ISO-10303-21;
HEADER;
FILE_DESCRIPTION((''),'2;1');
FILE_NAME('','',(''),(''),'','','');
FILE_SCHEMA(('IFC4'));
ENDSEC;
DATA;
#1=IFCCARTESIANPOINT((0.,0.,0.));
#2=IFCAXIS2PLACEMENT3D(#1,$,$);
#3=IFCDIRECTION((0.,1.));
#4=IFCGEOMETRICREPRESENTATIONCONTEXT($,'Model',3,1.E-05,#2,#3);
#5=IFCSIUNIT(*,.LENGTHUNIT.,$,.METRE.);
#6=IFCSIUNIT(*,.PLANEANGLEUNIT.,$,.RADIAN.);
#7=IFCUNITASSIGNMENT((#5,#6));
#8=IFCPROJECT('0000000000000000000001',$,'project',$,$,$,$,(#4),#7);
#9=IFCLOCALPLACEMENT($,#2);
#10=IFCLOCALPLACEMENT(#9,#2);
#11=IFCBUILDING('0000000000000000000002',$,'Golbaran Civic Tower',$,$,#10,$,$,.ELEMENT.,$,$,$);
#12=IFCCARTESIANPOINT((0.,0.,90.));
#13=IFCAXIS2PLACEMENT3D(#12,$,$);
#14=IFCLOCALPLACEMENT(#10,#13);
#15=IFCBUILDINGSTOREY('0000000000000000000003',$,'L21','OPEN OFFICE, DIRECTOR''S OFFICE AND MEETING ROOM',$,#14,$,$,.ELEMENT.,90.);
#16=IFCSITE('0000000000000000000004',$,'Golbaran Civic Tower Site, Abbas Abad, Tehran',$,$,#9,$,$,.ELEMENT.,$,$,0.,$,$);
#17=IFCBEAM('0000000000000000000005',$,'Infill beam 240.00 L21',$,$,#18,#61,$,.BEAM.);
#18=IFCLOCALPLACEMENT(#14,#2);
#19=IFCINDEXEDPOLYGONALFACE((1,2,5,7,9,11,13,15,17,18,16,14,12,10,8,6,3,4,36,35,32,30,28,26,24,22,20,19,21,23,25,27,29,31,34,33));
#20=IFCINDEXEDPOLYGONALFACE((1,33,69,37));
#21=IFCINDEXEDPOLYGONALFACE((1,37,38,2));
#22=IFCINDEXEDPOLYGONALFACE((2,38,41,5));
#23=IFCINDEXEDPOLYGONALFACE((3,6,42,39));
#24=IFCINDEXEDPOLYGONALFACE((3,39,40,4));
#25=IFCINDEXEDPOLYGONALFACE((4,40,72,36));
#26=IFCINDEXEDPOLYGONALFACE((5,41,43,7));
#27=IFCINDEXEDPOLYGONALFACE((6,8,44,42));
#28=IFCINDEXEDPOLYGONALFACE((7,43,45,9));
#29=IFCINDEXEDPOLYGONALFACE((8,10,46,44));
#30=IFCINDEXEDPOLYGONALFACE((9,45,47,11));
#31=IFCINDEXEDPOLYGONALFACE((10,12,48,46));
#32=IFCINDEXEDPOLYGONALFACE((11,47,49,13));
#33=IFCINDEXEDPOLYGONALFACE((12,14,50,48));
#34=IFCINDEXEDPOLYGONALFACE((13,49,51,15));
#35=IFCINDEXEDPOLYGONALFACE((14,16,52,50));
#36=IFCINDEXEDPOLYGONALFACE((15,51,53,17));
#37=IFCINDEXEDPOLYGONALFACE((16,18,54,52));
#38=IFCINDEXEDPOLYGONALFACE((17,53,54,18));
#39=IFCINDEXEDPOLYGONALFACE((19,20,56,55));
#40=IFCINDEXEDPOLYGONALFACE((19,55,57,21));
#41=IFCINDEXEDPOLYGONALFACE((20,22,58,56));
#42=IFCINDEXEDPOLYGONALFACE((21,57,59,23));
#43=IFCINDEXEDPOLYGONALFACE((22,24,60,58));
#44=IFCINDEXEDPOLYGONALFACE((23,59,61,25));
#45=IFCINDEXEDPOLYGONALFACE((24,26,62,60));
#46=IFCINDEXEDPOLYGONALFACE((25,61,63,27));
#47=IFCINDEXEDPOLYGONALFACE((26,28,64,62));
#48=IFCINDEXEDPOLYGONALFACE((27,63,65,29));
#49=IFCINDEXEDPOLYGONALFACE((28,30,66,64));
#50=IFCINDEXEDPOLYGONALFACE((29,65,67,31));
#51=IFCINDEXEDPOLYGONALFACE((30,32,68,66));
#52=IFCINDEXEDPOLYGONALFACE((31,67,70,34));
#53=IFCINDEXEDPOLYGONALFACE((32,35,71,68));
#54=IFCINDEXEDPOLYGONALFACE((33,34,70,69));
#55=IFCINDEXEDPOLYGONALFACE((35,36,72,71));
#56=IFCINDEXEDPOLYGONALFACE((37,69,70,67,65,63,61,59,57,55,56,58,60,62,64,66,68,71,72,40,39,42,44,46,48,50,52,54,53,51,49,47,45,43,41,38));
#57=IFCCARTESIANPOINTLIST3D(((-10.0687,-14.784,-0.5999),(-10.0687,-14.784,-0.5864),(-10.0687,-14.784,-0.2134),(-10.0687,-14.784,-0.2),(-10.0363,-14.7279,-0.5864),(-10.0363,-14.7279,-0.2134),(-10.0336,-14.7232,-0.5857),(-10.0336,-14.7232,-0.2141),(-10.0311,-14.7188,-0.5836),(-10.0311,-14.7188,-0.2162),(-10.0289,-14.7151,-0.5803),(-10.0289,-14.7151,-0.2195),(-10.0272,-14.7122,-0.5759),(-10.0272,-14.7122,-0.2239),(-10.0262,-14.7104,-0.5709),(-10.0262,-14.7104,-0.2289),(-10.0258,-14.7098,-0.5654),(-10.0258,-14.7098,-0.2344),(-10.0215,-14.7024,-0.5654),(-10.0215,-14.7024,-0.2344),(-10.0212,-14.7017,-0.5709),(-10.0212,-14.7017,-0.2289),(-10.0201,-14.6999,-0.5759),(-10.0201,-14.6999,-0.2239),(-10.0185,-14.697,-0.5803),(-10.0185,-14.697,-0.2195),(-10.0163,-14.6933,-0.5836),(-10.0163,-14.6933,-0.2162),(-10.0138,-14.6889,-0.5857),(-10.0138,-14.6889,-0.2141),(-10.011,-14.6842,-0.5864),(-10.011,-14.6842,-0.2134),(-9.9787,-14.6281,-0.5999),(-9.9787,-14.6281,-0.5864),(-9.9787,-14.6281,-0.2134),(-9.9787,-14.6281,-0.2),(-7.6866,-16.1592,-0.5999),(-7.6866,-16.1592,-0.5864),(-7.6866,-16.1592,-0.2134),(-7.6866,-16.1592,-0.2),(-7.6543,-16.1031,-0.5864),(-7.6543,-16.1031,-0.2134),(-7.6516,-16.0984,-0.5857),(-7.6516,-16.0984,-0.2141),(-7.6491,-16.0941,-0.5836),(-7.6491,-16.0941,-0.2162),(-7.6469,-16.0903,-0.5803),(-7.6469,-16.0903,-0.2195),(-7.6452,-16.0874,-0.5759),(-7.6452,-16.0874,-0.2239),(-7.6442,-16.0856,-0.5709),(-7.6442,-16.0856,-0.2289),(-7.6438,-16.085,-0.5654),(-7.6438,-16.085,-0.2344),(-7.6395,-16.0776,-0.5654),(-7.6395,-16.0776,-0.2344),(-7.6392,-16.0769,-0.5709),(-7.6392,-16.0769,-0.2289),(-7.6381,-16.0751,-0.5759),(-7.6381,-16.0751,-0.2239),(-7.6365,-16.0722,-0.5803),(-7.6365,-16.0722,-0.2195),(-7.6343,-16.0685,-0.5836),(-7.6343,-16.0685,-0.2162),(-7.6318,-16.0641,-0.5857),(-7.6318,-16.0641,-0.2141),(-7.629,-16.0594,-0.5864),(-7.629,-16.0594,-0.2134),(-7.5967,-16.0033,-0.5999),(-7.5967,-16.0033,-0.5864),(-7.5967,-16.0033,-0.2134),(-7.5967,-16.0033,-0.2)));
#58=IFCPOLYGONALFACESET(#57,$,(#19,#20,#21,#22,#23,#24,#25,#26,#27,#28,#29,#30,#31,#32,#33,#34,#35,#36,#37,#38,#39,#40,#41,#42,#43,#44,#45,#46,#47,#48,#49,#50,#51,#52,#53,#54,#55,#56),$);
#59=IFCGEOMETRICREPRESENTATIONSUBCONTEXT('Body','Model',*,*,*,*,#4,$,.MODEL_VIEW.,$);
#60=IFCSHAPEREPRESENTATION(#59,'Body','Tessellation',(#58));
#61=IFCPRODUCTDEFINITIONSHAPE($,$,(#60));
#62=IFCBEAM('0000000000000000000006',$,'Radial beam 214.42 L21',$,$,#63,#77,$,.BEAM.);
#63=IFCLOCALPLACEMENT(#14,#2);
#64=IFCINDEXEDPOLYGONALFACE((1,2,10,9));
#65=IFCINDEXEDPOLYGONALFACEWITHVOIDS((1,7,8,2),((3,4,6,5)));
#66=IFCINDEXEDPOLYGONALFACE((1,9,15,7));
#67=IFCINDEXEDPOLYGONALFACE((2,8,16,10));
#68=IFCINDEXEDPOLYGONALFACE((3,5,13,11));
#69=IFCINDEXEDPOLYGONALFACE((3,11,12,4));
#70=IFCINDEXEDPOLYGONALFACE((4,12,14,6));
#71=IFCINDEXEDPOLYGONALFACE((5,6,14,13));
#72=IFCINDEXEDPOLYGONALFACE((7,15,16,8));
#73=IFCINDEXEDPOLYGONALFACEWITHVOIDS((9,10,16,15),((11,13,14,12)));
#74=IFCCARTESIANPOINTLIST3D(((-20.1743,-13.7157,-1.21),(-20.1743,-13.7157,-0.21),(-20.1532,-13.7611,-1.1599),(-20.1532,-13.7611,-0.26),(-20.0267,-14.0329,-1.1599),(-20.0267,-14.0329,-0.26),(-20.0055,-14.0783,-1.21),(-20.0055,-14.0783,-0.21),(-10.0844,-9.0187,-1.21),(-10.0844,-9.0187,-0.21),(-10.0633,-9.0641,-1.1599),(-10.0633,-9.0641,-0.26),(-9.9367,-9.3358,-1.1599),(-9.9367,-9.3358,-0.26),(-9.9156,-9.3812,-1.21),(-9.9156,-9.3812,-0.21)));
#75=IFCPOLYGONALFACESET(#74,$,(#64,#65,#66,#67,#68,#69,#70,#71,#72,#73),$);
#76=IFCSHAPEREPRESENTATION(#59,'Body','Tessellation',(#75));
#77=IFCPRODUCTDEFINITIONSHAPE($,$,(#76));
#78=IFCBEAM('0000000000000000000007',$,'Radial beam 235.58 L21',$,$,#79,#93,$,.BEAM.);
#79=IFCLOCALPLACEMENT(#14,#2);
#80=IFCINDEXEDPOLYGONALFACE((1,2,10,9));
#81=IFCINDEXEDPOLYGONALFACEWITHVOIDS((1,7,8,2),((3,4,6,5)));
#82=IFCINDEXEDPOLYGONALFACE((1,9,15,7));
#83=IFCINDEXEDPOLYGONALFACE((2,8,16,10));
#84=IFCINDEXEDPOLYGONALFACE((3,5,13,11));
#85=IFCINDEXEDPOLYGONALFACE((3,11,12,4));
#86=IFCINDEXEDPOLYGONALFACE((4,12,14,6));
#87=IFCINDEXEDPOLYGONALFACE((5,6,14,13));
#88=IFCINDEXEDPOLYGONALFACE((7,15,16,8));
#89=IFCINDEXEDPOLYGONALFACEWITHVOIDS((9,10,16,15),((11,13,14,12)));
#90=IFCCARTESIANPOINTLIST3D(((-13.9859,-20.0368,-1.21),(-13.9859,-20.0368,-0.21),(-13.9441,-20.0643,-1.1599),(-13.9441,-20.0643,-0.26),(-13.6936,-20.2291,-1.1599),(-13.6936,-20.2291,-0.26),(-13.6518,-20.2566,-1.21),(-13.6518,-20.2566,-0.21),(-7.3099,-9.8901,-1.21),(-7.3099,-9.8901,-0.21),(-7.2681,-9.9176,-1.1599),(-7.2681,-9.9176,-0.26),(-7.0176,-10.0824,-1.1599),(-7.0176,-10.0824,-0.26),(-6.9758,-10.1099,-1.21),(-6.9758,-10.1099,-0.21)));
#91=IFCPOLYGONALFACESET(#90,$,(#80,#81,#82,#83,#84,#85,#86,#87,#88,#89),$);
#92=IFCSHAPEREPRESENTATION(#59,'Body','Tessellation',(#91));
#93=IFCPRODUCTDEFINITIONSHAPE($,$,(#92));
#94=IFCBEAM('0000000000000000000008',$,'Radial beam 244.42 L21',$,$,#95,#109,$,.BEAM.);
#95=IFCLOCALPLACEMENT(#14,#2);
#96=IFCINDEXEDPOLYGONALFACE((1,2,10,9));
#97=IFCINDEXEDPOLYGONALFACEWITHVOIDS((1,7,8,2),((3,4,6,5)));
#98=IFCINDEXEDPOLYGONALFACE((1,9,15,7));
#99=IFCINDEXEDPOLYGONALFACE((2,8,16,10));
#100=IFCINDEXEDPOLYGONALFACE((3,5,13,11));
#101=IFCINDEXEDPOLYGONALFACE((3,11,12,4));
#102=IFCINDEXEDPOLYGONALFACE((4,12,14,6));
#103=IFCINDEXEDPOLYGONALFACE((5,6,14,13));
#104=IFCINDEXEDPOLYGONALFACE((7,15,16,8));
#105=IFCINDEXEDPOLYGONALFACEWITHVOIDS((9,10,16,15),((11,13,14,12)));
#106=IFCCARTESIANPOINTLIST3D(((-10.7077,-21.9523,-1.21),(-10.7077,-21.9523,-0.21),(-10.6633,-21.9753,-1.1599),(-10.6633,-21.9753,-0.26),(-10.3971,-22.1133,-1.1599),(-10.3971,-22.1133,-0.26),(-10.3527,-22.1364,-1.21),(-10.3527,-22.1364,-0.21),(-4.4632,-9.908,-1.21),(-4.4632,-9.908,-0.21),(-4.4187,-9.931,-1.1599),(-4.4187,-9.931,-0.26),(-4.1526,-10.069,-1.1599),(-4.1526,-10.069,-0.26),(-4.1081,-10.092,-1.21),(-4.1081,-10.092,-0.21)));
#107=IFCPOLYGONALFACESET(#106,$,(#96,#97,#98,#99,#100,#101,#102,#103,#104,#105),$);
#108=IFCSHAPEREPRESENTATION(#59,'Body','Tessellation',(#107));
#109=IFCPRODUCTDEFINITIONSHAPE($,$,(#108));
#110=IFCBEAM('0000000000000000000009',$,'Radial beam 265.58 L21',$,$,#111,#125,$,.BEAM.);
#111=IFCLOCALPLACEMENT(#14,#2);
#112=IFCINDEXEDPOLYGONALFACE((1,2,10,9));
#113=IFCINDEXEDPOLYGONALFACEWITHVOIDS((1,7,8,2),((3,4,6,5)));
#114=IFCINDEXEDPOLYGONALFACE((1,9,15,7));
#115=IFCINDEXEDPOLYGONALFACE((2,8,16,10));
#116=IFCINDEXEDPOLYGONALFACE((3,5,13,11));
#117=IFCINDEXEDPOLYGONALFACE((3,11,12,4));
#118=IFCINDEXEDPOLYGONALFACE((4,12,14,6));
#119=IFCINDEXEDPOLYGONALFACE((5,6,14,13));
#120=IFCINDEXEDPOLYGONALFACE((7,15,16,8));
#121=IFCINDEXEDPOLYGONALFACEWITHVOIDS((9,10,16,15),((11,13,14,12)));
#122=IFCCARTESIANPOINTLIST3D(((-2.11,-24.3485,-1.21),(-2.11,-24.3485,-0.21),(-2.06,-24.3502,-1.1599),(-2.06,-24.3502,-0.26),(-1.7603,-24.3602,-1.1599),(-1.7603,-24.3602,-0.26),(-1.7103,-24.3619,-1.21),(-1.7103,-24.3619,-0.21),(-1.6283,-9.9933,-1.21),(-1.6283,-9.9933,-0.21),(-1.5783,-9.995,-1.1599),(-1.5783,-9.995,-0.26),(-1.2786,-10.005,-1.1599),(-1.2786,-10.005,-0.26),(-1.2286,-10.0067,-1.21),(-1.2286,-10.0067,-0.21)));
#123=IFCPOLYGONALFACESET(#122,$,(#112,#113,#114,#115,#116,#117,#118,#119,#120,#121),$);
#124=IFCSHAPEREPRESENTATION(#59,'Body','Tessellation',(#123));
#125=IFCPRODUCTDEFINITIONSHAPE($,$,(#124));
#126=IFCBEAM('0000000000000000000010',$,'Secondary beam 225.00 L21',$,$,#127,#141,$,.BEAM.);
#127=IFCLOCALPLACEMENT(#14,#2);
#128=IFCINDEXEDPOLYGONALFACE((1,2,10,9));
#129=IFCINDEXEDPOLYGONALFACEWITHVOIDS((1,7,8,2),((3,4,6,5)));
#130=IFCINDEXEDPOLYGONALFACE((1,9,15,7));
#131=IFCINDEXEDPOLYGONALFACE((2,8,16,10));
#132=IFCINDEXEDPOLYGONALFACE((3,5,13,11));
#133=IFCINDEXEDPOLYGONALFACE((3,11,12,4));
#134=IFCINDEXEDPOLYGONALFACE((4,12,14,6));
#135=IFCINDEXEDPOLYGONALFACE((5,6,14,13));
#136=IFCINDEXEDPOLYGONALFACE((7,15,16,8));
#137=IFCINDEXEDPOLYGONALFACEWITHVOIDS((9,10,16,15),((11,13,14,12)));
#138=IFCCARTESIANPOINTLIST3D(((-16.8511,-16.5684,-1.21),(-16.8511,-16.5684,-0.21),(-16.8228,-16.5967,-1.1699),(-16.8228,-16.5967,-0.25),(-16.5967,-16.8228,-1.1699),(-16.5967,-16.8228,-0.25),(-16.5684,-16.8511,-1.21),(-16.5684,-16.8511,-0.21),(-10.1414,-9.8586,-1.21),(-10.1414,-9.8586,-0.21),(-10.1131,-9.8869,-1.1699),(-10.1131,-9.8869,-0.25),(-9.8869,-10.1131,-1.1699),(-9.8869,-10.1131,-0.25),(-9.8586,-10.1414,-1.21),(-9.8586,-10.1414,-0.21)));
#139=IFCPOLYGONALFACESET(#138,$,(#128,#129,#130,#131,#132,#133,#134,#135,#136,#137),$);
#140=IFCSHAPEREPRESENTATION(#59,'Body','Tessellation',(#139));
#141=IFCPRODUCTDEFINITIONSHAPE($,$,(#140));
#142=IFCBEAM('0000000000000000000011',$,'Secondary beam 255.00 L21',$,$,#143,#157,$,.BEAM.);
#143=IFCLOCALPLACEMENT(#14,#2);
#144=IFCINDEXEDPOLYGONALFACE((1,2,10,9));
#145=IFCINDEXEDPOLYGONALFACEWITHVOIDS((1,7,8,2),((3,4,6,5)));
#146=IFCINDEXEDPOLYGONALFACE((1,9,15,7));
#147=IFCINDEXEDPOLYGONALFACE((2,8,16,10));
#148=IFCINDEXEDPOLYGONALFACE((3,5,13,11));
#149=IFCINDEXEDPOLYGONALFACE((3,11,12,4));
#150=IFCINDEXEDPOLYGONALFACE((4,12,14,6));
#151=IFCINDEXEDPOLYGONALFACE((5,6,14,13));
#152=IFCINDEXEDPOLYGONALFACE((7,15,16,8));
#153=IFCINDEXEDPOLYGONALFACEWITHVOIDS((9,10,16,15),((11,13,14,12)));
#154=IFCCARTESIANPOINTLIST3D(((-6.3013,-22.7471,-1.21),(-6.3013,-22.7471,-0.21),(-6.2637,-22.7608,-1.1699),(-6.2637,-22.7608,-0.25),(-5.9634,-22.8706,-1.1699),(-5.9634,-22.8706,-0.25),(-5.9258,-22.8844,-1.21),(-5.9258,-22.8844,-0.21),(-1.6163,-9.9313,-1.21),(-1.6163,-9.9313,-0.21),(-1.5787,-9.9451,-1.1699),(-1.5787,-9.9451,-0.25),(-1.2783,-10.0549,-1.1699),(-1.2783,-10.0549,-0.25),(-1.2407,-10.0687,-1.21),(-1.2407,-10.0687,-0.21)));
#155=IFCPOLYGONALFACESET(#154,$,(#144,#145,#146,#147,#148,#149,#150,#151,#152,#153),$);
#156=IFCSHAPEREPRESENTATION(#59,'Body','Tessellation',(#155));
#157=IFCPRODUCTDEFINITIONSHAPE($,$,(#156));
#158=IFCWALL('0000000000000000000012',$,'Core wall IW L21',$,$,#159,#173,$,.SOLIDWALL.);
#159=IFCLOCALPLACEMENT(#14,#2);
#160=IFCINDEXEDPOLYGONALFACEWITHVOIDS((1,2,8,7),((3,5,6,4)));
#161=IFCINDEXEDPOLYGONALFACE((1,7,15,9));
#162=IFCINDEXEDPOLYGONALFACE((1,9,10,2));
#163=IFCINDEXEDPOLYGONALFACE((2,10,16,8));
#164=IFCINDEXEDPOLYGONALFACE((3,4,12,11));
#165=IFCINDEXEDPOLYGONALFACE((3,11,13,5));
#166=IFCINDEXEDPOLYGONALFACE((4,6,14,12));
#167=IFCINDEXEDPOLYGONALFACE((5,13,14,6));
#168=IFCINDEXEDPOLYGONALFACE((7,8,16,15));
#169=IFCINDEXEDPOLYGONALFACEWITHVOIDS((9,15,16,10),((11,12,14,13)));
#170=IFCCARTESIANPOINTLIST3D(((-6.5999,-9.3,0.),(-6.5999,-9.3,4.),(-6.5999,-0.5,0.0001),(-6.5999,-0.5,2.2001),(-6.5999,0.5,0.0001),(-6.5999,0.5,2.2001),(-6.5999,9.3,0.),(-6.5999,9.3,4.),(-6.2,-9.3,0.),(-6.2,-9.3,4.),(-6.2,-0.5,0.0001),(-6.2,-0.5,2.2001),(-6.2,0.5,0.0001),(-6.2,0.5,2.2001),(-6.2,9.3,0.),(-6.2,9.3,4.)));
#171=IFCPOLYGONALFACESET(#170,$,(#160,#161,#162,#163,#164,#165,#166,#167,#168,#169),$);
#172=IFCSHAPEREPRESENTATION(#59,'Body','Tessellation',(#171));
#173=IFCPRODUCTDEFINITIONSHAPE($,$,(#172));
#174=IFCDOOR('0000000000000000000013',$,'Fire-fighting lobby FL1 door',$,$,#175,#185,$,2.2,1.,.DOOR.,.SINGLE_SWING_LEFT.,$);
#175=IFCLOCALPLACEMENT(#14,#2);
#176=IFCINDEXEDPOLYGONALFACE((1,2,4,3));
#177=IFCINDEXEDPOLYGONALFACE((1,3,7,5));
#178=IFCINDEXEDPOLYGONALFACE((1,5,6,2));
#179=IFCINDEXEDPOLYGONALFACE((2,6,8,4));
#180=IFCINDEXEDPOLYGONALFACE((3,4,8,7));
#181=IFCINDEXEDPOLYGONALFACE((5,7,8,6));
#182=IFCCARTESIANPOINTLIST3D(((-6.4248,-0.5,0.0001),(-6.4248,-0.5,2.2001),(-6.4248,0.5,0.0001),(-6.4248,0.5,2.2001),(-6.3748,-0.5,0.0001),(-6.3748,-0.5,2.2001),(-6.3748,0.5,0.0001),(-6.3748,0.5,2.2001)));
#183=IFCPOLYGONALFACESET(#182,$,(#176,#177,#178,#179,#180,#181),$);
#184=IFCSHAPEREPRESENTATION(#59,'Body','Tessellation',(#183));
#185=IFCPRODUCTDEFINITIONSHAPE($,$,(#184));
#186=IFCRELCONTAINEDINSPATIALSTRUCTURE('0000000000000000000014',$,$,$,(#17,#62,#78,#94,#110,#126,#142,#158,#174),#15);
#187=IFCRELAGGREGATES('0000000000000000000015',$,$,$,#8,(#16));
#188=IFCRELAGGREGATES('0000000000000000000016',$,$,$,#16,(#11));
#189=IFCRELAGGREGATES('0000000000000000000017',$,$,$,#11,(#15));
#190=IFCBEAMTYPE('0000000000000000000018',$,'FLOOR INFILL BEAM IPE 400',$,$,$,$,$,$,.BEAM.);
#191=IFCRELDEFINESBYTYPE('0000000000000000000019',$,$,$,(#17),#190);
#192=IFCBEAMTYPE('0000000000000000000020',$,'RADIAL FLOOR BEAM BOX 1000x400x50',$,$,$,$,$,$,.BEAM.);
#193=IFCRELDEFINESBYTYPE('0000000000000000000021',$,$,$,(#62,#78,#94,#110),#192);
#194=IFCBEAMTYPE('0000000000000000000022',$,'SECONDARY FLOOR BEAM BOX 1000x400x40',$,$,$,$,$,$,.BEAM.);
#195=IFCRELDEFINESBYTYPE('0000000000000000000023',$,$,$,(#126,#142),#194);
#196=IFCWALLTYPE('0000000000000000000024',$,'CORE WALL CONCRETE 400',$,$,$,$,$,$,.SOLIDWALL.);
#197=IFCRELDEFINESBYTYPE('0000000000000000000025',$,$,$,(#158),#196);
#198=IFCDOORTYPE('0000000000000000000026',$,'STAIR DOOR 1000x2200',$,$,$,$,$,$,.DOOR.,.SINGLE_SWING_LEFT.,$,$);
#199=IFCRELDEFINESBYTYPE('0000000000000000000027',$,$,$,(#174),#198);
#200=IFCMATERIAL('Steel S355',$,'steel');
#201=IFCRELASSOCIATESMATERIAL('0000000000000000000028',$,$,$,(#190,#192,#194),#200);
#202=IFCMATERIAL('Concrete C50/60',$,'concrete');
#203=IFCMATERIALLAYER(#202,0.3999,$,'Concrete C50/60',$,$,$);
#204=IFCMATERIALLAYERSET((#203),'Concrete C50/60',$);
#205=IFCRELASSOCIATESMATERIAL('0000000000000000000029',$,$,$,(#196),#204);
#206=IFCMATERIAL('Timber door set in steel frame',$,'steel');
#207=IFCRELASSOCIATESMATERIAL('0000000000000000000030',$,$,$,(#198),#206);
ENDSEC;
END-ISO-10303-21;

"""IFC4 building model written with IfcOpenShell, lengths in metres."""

from ifc_helpers import new_model, si_unit, direction, frame, frame_2d, origin, origin_2d, place, context, subcontext, project, spatial, rectangle, hollow_rectangle, i_section, extrude, material, layer, layer_set, material_profile, profile_set, type_object, element, fill, save


model = new_model("IFC4")

# Units and contexts
model_context = context("Model", 3, precision=1e-05, world=origin(), true_north=direction((0.0, 1.0)))
body_context = subcontext(model_context, "Body", "Model", "MODEL_VIEW")
ifc_project = project(units=[si_unit("LENGTHUNIT", "METRE"), si_unit("PLANEANGLEUNIT", "RADIAN")], contexts=[model_context])

# Site, building, storey
site_placement = place(None, origin())
site = spatial("IfcSite", under=ifc_project, at=site_placement, Name="Golbaran Civic Tower Site, Abbas Abad, Tehran", CompositionType="ELEMENT", RefElevation=0.0)
building_placement = place(site_placement, origin())
building = spatial("IfcBuilding", under=site, at=building_placement, Name="Golbaran Civic Tower", CompositionType="ELEMENT")
storey_placement = place(building_placement, frame((0.0, 0.0, 90.0)))
storey = spatial("IfcBuildingStorey", under=building, at=storey_placement, Name="L21", Description="OPEN OFFICE, DIRECTOR'S OFFICE AND MEETING ROOM", CompositionType="ELEMENT", Elevation=90.0)

# Beams
ifc_material_1 = material(Name="Steel S355", Category="steel")
ifc_material_profile_1 = material_profile(ifc_material_1, i_section(OverallWidth=0.1799, OverallDepth=0.3999, WebThickness=0.0085, FlangeThickness=0.0134, FilletRadius=0.021, at=origin_2d()), Name="IPE 400")
ifc_profile_set_1 = profile_set([ifc_material_profile_1], Name="Steel S355")
beam_type_1 = type_object("IfcBeamType", Name="FLOOR INFILL BEAM IPE 400", PredefinedType="BEAM", material=ifc_profile_set_1)
beam_1_placement = place(storey_placement, frame((-10.0237, -14.7061, -0.3999), z_axis=(0.866033, -0.499986, 0.0), x_axis=(0.499986, 0.866033, 0.0)))
element("IfcBeam", 1, at=beam_1_placement, inside=storey, type_object=beam_type_1, Name="Infill beam 240.00 L21", PredefinedType="BEAM", context=body_context, shape_type="SweptSolid", body=[
    extrude(i_section(OverallWidth=0.1799, OverallDepth=0.3999, WebThickness=0.0085, FlangeThickness=0.0134, FilletRadius=0.021, at=origin_2d()), origin(), (0.0, 0.0, 1.0), 2.7505),
])
ifc_material_profile_2 = material_profile(ifc_material_1, hollow_rectangle(XDim=0.3999, YDim=1.0, WallThickness=0.05, at=origin_2d()), Name="BOX 1000x400x50")
ifc_profile_set_2 = profile_set([ifc_material_profile_2], Name="Steel S355")
beam_type_2 = type_object("IfcBeamType", Name="RADIAL FLOOR BEAM BOX 1000x400x50", PredefinedType="BEAM", material=ifc_profile_set_2)
beam_2_placement = place(storey_placement, frame((-10.0, -9.2, -0.71), z_axis=(-0.906581, -0.422031, 0.0), x_axis=(0.422031, -0.906581, 0.0)))
element("IfcBeam", 2, at=beam_2_placement, inside=storey, type_object=beam_type_2, Name="Radial beam 214.42 L21", PredefinedType="BEAM", context=body_context, shape_type="SweptSolid", body=[
    extrude(hollow_rectangle(XDim=0.3999, YDim=1.0, WallThickness=0.05, at=origin_2d()), origin(), (0.0, 0.0, 1.0), 11.1296),
])
beam_3_placement = place(storey_placement, frame((-7.1428, -10.0, -0.71), z_axis=(-0.549648, -0.835396, 0.0), x_axis=(0.835396, -0.549648, 0.0)))
element("IfcBeam", 3, at=beam_3_placement, inside=storey, type_object=beam_type_2, Name="Radial beam 235.58 L21", PredefinedType="BEAM", context=body_context, shape_type="SweptSolid", body=[
    extrude(hollow_rectangle(XDim=0.3999, YDim=1.0, WallThickness=0.05, at=origin_2d()), origin(), (0.0, 0.0, 1.0), 12.146),
])
beam_4_placement = place(storey_placement, frame((-4.2856, -10.0, -0.71), z_axis=(-0.46028, -0.887774, 0.0), x_axis=(0.887774, -0.46028, 0.0)))
element("IfcBeam", 4, at=beam_4_placement, inside=storey, type_object=beam_type_2, Name="Radial beam 244.42 L21", PredefinedType="BEAM", context=body_context, shape_type="SweptSolid", body=[
    extrude(hollow_rectangle(XDim=0.3999, YDim=1.0, WallThickness=0.05, at=origin_2d()), origin(), (0.0, 0.0, 1.0), 13.5669),
])
beam_5_placement = place(storey_placement, frame((-1.4285, -10.0, -0.71), z_axis=(-0.033536, -0.999438, 0.0), x_axis=(0.999438, -0.033536, 0.0)))
element("IfcBeam", 5, at=beam_5_placement, inside=storey, type_object=beam_type_2, Name="Radial beam 265.58 L21", PredefinedType="BEAM", context=body_context, shape_type="SweptSolid", body=[
    extrude(hollow_rectangle(XDim=0.3999, YDim=1.0, WallThickness=0.05, at=origin_2d()), origin(), (0.0, 0.0, 1.0), 14.3633),
])
ifc_material_profile_3 = material_profile(ifc_material_1, hollow_rectangle(XDim=0.3999, YDim=1.0, WallThickness=0.04, at=origin_2d()), Name="BOX 1000x400x40")
ifc_profile_set_3 = profile_set([ifc_material_profile_3], Name="Steel S355")
beam_type_3 = type_object("IfcBeamType", Name="SECONDARY FLOOR BEAM BOX 1000x400x40", PredefinedType="BEAM", material=ifc_profile_set_3)
beam_6_placement = place(storey_placement, frame((-10.0, -10.0, -0.71), z_axis=(-0.707107, -0.707107, 0.0), x_axis=(0.707107, -0.707107, 0.0)))
element("IfcBeam", 6, at=beam_6_placement, inside=storey, type_object=beam_type_3, Name="Secondary beam 225.00 L21", PredefinedType="BEAM", context=body_context, shape_type="SweptSolid", body=[
    extrude(hollow_rectangle(XDim=0.3999, YDim=1.0, WallThickness=0.04, at=origin_2d()), origin(), (0.0, 0.0, 1.0), 9.489),
])
beam_7_placement = place(storey_placement, frame((-1.4285, -10.0, -0.71), z_axis=(-0.343349, -0.939208, 0.0), x_axis=(0.939208, -0.343349, 0.0)))
element("IfcBeam", 7, at=beam_7_placement, inside=storey, type_object=beam_type_3, Name="Secondary beam 255.00 L21", PredefinedType="BEAM", context=body_context, shape_type="SweptSolid", body=[
    extrude(hollow_rectangle(XDim=0.3999, YDim=1.0, WallThickness=0.04, at=origin_2d()), origin(), (0.0, 0.0, 1.0), 13.6453),
])

# Wall, opening, door
ifc_material_2 = material(Name="Concrete C50/60", Category="concrete")
ifc_layer_1 = layer(ifc_material_2, 0.3999, Name="Concrete C50/60")
ifc_layer_set_1 = layer_set([ifc_layer_1], Name="Concrete C50/60")
wall_type_1 = type_object("IfcWallType", Name="CORE WALL CONCRETE 400", PredefinedType="SOLIDWALL", material=ifc_layer_set_1)
wall_1_placement = place(storey_placement, frame((-6.3999, -9.3, 0.0), z_axis=(0.0, 0.0, 1.0), x_axis=(0.0, 1.0, 0.0)))
wall_1 = element("IfcWall", 8, at=wall_1_placement, inside=storey, type_object=wall_type_1, Name="Core wall IW L21", PredefinedType="SOLIDWALL", context=body_context, shape_type="SweptSolid", body=[
    extrude(rectangle(XDim=18.6001, YDim=0.3999, at=frame_2d((9.3, 0.0))), origin(), (0.0, 0.0, 1.0), 4.0),
])
opening_1_placement = place(wall_1_placement, frame((8.8, 0.0, 0.0)))
opening_1 = element("IfcOpeningElement", 9, at=opening_1_placement, cuts=wall_1, PredefinedType="OPENING", context=body_context, shape_type="SweptSolid", body=[
    extrude(rectangle(XDim=1.0, YDim=2.2, at=frame_2d((0.5, 1.1001))), frame((0.0, 0.21, 0.0), z_axis=(0.0, -1.0, 0.0), x_axis=(1.0, 0.0, 0.0)), (0.0, 0.0, 1.0), 0.4199),
])
ifc_material_3 = material(Name="Timber door set in steel frame", Category="steel")
door_type_1 = type_object("IfcDoorType", Name="STAIR DOOR 1000x2200", OperationType="SINGLE_SWING_LEFT", PredefinedType="DOOR", material=ifc_material_3)
door_1_placement = place(opening_1_placement, origin())
door_1 = element("IfcDoor", 10, at=door_1_placement, inside=storey, type_object=door_type_1, Name="Fire-fighting lobby FL1 door", OperationType="SINGLE_SWING_LEFT", OverallHeight=2.2, OverallWidth=1.0, PredefinedType="DOOR", context=body_context, shape_type="SweptSolid", body=[
    extrude(rectangle(XDim=1.0, YDim=2.2, at=frame_2d((0.5, 1.1001))), frame((0.0, 0.0249, 0.0), z_axis=(0.0, -1.0, 0.0), x_axis=(1.0, 0.0, 0.0)), (0.0, 0.0, 1.0), 0.05),
])
fill(opening_1, door_1)

save(model, "model.ifc")
